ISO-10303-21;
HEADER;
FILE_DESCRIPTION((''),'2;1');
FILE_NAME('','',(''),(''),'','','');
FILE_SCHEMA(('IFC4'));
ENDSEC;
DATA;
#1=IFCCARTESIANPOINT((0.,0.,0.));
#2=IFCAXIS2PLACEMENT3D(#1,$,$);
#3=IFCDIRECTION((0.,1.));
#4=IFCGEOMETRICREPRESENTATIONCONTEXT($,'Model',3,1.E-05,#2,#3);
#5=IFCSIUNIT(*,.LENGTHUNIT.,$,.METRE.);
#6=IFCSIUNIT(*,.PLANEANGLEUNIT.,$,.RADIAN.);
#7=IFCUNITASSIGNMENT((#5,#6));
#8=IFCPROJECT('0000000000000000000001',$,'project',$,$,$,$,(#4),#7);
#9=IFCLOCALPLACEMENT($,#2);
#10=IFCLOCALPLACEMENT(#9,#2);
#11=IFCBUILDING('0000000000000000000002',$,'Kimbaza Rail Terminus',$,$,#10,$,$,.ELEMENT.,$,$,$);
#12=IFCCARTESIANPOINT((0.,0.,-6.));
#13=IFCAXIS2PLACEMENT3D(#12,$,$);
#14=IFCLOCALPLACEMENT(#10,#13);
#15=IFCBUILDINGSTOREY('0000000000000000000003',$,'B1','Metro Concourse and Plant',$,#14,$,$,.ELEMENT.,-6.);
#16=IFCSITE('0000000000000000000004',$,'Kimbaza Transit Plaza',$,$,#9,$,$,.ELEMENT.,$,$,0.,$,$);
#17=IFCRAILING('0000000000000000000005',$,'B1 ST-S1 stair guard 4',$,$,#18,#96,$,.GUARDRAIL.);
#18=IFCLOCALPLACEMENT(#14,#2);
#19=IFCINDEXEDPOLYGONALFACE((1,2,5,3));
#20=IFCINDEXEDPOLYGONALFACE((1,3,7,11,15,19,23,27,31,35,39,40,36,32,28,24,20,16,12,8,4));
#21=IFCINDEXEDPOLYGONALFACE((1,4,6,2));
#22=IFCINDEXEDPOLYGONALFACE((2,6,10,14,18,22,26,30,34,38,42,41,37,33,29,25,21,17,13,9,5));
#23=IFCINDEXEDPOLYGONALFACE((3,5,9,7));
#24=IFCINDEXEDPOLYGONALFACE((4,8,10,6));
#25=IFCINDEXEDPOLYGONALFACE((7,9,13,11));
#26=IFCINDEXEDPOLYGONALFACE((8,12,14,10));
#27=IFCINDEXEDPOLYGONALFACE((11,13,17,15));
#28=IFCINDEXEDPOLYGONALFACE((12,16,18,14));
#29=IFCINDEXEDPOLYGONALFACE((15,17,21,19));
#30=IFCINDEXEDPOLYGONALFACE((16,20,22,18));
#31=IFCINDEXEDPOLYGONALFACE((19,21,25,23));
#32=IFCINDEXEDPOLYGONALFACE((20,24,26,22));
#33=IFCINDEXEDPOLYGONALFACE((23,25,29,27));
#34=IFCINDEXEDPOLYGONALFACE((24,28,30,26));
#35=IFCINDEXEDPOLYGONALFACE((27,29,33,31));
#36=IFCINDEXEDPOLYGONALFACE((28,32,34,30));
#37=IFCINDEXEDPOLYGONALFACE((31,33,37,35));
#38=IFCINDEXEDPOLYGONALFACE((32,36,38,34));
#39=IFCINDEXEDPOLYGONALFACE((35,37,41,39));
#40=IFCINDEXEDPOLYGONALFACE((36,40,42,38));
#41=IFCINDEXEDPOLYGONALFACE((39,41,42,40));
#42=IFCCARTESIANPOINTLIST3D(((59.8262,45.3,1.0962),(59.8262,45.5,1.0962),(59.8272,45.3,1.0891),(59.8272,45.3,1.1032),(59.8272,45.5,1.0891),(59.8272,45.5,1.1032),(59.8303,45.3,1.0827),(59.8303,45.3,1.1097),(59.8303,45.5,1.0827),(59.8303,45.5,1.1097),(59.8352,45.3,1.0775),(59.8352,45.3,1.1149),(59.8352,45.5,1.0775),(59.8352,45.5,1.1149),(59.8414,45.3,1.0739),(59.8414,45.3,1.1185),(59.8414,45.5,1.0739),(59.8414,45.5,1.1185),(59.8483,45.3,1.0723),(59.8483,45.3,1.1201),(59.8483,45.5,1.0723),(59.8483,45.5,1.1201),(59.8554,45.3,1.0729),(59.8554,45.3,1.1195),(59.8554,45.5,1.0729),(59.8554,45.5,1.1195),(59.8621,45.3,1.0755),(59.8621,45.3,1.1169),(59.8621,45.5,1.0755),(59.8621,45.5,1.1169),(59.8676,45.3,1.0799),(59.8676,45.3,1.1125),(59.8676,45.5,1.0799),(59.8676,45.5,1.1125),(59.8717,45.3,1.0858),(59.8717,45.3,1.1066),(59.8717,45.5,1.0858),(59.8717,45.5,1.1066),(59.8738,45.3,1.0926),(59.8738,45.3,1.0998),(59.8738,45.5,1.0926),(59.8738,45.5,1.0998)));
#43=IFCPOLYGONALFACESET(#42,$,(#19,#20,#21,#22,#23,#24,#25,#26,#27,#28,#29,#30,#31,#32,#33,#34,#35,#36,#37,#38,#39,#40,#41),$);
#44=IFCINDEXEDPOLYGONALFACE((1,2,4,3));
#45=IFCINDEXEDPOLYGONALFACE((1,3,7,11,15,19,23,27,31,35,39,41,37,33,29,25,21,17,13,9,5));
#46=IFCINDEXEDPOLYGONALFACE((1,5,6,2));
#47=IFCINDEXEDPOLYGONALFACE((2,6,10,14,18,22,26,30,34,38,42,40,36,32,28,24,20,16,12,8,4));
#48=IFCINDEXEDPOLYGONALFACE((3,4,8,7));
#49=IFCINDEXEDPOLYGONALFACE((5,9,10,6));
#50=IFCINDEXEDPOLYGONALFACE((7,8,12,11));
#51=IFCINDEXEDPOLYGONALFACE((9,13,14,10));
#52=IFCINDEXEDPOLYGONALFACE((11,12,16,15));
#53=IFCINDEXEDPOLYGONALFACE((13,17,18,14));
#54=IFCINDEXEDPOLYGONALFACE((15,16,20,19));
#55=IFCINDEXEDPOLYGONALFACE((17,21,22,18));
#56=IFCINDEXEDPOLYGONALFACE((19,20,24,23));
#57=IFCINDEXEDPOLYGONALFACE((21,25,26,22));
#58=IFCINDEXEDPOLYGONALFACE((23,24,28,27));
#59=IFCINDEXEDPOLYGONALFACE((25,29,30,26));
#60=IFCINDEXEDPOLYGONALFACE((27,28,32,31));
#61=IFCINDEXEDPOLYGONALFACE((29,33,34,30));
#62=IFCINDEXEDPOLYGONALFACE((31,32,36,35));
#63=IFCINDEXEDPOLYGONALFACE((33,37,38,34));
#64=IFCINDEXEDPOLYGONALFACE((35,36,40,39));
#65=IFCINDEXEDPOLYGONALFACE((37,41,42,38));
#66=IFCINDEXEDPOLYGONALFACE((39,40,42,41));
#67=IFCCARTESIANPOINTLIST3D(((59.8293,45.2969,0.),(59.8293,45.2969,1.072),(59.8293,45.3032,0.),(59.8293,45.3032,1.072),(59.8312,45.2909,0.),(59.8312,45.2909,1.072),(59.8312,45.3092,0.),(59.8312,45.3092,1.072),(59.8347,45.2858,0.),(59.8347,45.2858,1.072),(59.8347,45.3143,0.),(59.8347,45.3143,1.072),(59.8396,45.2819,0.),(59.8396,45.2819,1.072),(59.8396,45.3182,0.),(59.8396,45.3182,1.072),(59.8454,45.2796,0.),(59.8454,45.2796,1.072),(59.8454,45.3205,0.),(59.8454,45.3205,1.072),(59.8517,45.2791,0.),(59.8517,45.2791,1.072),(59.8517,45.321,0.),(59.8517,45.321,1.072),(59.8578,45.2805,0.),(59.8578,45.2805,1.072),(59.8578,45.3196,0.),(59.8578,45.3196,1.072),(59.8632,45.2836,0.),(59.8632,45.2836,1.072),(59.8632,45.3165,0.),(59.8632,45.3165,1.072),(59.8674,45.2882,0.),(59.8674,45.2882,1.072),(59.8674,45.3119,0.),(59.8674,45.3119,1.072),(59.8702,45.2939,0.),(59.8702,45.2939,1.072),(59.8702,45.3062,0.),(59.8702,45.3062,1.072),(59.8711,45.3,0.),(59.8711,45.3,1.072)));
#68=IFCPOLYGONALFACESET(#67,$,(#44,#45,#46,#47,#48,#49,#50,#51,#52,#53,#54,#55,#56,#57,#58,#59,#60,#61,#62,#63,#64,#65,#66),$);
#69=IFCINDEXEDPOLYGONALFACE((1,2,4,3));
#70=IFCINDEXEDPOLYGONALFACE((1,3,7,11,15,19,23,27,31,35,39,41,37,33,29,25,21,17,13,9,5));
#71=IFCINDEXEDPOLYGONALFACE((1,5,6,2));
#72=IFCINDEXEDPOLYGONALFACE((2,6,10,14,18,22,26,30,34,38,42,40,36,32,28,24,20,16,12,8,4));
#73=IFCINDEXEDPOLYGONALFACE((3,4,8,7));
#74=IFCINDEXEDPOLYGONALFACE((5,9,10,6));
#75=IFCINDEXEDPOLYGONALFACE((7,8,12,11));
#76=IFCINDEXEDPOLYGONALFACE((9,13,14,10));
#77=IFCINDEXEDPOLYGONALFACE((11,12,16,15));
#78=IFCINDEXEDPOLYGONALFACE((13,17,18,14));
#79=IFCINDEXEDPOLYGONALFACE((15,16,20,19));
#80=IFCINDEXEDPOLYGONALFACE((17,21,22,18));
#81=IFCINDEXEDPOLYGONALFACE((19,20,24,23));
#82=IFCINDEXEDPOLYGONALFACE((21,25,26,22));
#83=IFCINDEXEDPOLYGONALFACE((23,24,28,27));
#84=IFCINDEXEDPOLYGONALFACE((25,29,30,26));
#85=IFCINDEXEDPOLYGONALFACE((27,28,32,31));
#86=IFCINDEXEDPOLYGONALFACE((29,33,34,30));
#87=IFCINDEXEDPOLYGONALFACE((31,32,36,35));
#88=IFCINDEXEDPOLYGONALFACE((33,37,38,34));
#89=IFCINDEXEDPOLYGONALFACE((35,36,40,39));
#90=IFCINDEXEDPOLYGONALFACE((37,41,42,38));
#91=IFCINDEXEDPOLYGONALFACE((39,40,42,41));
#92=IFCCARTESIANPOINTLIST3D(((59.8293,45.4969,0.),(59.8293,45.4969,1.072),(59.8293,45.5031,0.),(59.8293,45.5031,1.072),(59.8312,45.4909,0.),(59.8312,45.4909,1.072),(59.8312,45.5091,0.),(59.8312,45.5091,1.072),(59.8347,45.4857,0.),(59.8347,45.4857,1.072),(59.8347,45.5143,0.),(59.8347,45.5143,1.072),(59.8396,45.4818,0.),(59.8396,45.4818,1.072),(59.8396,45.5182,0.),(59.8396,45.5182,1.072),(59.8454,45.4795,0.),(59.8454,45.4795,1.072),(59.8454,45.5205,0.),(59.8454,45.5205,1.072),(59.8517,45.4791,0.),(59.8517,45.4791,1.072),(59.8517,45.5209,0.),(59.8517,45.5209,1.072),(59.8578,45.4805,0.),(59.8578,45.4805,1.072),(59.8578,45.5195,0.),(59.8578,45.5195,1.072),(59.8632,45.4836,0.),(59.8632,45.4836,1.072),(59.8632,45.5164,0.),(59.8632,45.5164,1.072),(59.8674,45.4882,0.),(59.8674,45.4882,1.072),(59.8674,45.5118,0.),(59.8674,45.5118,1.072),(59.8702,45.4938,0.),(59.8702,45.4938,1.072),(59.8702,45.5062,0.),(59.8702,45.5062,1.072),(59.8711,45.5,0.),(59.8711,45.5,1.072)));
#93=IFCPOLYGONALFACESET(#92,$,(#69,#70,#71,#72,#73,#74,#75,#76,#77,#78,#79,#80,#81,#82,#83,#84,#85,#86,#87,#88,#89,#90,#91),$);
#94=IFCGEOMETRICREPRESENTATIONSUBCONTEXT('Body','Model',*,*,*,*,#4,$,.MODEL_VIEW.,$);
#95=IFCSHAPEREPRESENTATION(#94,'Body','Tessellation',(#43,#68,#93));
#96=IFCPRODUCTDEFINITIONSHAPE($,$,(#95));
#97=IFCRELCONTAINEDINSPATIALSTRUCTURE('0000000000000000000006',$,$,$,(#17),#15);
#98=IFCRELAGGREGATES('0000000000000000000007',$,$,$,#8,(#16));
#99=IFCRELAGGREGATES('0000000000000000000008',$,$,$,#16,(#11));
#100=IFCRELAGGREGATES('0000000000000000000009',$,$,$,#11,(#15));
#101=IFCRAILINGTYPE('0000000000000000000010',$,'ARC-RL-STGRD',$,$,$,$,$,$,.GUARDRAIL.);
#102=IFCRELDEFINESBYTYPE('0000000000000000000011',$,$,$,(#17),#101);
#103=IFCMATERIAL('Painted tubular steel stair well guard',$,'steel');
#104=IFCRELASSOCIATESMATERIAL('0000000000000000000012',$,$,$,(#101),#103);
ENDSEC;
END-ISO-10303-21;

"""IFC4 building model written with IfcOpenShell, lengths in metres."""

from ifc_helpers import new_model, si_unit, direction, frame, origin, origin_2d, place, context, subcontext, project, spatial, circle, extrude, material, type_object, element, save


model = new_model("IFC4")

# Units and contexts
model_context = context("Model", 3, precision=1e-05, world=origin(), true_north=direction((0.0, 1.0)))
body_context = subcontext(model_context, "Body", "Model", "MODEL_VIEW")
ifc_project = project(units=[si_unit("LENGTHUNIT", "METRE"), si_unit("PLANEANGLEUNIT", "RADIAN")], contexts=[model_context])

# Site, building, storey
site_placement = place(None, origin())
site = spatial("IfcSite", under=ifc_project, at=site_placement, Name="Kimbaza Transit Plaza", CompositionType="ELEMENT", RefElevation=0.0)
building_placement = place(site_placement, origin())
building = spatial("IfcBuilding", under=site, at=building_placement, Name="Kimbaza Rail Terminus", CompositionType="ELEMENT")
storey_placement = place(building_placement, frame((0.0, 0.0, -6.0)))
storey = spatial("IfcBuildingStorey", under=building, at=storey_placement, Name="B1", Description="Metro Concourse and Plant", CompositionType="ELEMENT", Elevation=-6.0)

# Railing
ifc_material_1 = material(Name="Painted tubular steel stair well guard", Category="steel")
railing_type = type_object("IfcRailingType", Name="ARC-RL-STGRD", PredefinedType="GUARDRAIL", material=ifc_material_1)
railing_placement = place(storey_placement, frame((59.8501, 45.3, 0.0)))
element("IfcRailing", 1, at=railing_placement, inside=storey, type_object=railing_type, Name="B1 ST-S1 stair guard 4", PredefinedType="GUARDRAIL", context=body_context, shape_type="SweptSolid", body=[
    extrude(circle(Radius=0.0239, at=origin_2d()), frame((0.0, 0.0, 1.0962), z_axis=(0.0, 1.0, 0.0), x_axis=(-1.0, 0.0, 0.0)), (0.0, 0.0, 1.0), 0.2),
    extrude(circle(Radius=0.021, at=origin_2d()), origin(), (0.0, 0.0, 1.0), 1.072),
    extrude(circle(Radius=0.021, at=origin_2d()), frame((0.0, 0.2, 0.0)), (0.0, 0.0, 1.0), 1.072),
])

save(model, "model.ifc")
